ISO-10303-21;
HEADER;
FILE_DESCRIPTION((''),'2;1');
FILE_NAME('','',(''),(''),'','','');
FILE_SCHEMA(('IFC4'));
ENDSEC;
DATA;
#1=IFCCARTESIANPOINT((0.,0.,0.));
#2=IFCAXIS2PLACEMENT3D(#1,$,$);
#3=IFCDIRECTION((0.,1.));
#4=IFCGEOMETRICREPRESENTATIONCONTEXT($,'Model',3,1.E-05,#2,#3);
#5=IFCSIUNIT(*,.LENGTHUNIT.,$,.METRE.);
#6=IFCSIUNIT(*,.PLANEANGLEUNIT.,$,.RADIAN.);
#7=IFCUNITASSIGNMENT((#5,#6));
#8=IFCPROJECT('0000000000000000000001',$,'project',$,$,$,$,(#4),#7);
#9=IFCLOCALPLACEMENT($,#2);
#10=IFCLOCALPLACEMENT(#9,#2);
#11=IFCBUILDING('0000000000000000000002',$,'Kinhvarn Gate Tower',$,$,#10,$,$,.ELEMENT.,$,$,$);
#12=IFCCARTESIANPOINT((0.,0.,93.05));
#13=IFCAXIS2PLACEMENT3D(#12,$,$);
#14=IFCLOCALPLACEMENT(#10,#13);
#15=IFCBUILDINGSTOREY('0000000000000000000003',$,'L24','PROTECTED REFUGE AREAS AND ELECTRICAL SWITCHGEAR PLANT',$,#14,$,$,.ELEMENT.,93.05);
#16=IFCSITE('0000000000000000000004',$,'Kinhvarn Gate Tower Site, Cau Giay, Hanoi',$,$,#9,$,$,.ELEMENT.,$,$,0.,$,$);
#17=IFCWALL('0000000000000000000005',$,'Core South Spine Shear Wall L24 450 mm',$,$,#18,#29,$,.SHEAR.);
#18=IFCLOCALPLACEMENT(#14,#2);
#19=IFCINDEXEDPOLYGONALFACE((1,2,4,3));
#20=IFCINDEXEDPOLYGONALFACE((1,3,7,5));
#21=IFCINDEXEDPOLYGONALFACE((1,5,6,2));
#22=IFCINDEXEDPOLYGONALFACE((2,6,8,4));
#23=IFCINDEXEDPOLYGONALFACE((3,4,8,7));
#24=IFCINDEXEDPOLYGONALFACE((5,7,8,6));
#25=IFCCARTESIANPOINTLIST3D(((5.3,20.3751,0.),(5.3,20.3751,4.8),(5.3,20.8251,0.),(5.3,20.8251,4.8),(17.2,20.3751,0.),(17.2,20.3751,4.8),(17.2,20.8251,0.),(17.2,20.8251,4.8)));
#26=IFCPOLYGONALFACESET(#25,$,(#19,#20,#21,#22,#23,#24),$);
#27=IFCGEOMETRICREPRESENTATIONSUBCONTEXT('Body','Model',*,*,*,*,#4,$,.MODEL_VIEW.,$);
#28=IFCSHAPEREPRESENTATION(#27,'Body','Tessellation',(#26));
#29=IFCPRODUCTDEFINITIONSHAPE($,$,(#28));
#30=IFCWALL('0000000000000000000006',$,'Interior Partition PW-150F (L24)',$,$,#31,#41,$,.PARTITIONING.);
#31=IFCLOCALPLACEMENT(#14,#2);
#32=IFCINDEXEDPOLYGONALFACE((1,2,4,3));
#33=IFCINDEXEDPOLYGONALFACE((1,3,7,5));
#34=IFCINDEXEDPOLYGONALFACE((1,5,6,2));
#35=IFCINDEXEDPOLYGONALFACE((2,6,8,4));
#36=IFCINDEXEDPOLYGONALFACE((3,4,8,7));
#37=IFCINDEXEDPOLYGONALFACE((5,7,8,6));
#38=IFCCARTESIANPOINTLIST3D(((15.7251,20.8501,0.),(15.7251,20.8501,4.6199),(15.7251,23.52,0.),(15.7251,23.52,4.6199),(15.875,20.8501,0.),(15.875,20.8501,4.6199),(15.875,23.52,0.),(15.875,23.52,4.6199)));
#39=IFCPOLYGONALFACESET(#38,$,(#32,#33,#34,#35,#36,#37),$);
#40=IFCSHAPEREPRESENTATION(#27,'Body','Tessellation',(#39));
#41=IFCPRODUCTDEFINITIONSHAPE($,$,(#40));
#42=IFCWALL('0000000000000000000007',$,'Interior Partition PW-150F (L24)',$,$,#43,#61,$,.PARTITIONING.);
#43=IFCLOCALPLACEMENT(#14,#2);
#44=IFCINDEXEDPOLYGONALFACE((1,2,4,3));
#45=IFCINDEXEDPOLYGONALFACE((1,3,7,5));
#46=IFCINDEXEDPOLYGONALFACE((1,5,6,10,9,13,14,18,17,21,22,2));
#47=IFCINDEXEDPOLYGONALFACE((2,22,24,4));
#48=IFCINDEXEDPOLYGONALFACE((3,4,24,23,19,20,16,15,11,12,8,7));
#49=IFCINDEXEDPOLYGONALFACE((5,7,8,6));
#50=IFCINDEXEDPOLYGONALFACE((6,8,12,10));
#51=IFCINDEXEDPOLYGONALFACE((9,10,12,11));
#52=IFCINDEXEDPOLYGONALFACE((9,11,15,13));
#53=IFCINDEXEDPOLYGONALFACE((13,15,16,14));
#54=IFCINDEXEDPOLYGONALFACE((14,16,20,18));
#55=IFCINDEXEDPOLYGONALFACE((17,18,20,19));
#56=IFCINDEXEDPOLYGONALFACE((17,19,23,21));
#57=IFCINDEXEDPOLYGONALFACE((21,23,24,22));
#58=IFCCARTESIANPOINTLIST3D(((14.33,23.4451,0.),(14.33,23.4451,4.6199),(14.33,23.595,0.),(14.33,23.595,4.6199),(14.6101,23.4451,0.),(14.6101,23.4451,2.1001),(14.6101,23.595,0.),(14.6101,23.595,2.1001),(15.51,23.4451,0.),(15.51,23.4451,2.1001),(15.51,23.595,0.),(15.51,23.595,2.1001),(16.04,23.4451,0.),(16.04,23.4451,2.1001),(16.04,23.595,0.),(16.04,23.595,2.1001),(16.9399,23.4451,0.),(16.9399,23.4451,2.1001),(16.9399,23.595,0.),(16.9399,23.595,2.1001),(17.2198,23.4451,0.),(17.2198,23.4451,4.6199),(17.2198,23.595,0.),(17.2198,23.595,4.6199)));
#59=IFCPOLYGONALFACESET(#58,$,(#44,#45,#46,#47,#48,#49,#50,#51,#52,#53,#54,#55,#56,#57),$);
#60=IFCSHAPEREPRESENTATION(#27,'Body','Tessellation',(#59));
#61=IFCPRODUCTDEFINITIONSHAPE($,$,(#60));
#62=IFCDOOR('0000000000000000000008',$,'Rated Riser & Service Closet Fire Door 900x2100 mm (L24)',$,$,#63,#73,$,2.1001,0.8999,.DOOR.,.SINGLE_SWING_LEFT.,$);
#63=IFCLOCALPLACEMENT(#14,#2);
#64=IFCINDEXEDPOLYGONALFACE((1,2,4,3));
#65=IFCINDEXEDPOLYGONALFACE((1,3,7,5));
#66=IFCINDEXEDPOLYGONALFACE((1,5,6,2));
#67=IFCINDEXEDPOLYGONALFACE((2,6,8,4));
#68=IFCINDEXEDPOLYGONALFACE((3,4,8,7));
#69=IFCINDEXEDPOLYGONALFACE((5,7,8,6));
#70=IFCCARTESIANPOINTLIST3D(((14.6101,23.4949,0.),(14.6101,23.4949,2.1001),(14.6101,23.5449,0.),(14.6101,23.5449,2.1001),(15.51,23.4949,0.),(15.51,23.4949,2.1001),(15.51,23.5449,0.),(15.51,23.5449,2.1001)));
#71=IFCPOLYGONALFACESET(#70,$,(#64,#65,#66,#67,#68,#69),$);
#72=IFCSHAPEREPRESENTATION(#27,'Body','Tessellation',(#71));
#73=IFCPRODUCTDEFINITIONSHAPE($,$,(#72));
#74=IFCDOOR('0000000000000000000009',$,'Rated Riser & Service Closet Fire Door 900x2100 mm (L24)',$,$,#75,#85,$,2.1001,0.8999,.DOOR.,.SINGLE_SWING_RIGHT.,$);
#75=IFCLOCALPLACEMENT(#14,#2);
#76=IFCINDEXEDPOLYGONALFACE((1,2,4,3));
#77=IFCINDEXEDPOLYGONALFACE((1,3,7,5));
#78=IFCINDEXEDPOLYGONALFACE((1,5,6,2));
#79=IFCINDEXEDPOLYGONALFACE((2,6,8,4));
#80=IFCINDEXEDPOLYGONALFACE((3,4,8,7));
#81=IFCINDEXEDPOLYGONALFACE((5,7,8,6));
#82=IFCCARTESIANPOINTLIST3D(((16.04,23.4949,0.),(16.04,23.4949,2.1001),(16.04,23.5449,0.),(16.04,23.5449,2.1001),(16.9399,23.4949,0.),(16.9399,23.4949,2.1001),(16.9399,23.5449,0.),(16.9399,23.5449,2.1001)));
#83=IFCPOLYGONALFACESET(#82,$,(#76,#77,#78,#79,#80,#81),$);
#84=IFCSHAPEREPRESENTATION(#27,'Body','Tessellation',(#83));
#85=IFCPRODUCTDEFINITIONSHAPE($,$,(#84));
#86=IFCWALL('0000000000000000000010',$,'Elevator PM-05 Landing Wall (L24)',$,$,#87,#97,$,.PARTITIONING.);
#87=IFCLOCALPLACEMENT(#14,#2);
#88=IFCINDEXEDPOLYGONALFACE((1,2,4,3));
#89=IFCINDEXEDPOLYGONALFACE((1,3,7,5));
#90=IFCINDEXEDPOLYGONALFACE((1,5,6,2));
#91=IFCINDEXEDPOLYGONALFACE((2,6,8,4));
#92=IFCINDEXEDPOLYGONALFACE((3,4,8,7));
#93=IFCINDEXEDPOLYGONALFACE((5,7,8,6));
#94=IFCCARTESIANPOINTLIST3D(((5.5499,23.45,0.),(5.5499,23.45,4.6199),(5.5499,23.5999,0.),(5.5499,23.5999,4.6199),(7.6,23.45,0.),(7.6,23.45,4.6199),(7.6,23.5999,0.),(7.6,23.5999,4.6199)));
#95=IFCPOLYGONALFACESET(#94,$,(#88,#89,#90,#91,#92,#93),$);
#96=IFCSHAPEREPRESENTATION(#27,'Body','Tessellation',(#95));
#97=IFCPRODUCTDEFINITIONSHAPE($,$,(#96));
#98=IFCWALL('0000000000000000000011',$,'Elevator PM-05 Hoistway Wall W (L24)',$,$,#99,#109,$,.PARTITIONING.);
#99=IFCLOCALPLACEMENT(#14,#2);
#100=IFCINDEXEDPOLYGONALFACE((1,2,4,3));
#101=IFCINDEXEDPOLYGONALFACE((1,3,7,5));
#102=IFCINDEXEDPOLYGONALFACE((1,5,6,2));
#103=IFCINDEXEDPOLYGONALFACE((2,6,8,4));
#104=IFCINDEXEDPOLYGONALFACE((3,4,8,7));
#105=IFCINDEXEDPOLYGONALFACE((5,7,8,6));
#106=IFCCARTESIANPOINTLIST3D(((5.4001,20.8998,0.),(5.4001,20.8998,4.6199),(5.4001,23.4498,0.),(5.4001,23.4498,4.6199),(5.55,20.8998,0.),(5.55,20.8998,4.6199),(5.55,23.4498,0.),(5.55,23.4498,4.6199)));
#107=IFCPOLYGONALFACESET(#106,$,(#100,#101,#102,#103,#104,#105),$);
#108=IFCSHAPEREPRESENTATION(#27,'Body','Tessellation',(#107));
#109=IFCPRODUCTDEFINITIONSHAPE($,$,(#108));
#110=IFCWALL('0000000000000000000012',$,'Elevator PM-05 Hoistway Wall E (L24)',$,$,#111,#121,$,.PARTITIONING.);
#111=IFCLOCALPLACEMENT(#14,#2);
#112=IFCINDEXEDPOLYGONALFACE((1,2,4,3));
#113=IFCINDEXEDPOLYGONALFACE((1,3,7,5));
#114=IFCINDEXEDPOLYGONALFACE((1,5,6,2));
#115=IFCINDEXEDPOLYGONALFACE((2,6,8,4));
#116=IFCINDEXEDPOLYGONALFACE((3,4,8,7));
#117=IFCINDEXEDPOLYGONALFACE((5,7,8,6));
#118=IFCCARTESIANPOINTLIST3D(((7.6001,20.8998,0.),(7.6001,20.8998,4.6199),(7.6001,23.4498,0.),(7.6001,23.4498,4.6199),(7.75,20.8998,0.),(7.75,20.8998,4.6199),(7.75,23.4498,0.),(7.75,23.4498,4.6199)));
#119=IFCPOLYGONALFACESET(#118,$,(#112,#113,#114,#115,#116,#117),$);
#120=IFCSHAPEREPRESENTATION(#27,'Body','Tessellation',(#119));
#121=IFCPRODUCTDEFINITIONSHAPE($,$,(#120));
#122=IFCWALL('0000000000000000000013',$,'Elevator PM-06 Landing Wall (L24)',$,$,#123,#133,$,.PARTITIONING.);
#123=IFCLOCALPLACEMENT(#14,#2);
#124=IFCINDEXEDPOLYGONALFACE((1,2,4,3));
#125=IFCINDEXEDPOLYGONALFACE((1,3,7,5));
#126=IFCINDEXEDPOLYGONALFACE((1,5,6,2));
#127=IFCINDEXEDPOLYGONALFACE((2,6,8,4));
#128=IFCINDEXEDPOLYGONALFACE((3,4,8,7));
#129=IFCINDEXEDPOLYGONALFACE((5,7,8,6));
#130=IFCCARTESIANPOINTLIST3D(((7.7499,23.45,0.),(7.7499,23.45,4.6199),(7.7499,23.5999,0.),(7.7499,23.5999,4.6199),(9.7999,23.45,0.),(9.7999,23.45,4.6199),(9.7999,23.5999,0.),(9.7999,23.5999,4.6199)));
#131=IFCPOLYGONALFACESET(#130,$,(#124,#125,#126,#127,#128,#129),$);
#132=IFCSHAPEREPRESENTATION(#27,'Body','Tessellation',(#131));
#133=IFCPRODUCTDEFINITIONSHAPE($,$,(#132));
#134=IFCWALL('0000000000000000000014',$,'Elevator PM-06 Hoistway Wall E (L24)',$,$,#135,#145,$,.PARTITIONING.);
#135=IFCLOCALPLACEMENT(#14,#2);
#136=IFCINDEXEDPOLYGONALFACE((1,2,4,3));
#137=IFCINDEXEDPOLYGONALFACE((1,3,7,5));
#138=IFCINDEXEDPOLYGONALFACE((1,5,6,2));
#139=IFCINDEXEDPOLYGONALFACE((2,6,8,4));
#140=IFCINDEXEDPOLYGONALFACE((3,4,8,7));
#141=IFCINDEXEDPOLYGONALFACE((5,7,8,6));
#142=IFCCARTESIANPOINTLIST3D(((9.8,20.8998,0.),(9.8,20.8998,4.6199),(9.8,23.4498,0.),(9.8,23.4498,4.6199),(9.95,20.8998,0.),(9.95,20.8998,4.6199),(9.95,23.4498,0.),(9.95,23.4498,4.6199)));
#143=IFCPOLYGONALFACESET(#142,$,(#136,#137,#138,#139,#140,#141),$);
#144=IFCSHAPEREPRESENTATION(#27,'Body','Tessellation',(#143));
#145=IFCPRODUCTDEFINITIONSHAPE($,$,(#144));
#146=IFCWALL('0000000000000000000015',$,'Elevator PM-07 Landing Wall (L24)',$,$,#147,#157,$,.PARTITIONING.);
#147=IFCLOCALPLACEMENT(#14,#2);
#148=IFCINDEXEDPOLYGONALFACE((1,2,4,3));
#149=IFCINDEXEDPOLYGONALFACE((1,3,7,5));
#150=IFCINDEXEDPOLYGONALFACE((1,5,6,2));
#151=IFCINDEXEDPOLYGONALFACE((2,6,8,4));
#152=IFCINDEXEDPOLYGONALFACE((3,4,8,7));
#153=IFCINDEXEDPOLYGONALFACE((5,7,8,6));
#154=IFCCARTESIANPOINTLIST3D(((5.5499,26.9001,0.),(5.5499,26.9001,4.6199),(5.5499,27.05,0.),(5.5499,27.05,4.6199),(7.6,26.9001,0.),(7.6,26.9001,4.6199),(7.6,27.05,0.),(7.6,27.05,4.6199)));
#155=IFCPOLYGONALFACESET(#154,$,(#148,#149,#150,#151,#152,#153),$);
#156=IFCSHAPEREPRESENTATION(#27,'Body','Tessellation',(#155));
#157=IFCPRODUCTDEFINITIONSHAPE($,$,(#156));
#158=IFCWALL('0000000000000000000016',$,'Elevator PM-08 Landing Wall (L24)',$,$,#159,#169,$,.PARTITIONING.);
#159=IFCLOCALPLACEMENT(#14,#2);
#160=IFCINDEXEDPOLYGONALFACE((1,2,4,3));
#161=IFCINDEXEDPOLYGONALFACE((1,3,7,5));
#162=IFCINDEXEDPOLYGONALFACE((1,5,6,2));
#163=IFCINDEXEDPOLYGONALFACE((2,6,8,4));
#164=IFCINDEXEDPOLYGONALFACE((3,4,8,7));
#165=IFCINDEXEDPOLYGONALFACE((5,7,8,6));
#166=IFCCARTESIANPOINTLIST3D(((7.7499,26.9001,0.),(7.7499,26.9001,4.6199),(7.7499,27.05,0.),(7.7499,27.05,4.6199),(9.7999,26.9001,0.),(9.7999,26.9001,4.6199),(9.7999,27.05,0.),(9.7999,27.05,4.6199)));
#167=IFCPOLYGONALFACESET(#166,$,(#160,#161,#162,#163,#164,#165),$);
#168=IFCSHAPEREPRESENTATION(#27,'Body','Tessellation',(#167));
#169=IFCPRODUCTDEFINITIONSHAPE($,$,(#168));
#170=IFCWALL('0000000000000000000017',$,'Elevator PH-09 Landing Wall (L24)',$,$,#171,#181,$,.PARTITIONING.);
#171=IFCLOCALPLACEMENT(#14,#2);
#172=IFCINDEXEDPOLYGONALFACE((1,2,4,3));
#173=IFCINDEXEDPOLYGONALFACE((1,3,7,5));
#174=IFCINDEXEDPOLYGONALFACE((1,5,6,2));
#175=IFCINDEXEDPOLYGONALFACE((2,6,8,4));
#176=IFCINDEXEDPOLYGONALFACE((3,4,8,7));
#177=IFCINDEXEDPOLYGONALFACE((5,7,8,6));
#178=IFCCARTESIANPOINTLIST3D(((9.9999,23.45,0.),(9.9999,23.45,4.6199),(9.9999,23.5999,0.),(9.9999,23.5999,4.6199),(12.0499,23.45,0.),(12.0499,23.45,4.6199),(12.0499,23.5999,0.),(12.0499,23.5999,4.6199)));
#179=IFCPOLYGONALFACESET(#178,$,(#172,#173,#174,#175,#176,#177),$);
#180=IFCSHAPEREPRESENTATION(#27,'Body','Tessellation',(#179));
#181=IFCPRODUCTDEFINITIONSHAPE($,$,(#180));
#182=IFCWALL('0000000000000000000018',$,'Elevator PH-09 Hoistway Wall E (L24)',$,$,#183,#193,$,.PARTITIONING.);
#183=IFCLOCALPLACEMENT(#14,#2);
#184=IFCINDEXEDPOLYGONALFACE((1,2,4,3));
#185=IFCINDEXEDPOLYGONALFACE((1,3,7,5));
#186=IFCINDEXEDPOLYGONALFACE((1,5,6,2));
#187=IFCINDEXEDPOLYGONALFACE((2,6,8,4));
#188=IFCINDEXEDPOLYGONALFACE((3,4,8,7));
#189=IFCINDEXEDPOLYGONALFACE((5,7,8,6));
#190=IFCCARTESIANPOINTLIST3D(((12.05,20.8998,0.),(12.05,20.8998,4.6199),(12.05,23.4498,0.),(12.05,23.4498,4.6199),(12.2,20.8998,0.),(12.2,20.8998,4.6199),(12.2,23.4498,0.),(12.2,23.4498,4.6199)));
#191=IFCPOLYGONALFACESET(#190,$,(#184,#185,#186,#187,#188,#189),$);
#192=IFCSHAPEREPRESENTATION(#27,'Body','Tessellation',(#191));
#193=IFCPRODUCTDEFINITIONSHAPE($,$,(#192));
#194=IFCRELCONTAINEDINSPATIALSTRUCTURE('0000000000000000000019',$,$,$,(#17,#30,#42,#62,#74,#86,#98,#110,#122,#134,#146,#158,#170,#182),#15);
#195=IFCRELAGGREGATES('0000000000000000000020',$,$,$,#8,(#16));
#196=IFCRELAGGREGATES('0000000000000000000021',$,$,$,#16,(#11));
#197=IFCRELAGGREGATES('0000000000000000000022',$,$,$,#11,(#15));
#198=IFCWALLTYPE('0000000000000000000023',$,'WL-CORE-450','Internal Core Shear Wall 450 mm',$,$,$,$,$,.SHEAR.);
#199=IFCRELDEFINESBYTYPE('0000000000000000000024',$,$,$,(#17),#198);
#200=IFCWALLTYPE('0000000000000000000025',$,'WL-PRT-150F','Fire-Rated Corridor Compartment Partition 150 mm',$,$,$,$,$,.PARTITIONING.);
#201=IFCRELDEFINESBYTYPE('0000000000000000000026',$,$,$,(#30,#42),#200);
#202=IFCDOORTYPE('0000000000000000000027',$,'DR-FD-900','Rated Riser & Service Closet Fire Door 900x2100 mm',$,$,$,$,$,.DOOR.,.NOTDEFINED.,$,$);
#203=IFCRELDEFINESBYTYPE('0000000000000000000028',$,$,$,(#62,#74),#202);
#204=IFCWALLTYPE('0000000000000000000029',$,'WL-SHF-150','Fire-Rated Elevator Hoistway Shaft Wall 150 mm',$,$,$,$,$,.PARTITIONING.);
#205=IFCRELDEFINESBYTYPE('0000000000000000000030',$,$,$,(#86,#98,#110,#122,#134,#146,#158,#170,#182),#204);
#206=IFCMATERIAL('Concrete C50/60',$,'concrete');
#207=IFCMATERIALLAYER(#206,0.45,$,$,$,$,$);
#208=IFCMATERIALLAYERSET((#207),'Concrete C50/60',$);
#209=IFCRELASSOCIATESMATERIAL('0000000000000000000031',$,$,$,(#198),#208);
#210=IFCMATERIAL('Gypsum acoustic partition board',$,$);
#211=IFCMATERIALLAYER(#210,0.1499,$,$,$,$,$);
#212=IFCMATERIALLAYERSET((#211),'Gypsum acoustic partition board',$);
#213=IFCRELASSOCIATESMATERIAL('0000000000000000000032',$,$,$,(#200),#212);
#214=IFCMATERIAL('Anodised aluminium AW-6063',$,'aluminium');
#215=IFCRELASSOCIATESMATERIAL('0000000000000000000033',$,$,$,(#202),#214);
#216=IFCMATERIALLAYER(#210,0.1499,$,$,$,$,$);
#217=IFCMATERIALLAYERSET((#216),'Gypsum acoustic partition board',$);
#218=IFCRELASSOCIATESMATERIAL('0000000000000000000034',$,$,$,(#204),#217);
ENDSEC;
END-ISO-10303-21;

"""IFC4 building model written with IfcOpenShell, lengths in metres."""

from ifc_helpers import new_model, si_unit, direction, frame, frame_2d, origin, place, context, subcontext, project, spatial, rectangle, extrude, material, layer, layer_set, type_object, element, fill, save


model = new_model("IFC4")

# Units and contexts
model_context = context("Model", 3, precision=1e-05, world=origin(), true_north=direction((0.0, 1.0)))
body_context = subcontext(model_context, "Body", "Model", "MODEL_VIEW")
ifc_project = project(units=[si_unit("LENGTHUNIT", "METRE"), si_unit("PLANEANGLEUNIT", "RADIAN")], contexts=[model_context])

# Site, building, storey
site_placement = place(None, origin())
site = spatial("IfcSite", under=ifc_project, at=site_placement, Name="Kinhvarn Gate Tower Site, Cau Giay, Hanoi", CompositionType="ELEMENT", RefElevation=0.0)
building_placement = place(site_placement, origin())
building = spatial("IfcBuilding", under=site, at=building_placement, Name="Kinhvarn Gate Tower", CompositionType="ELEMENT")
storey_placement = place(building_placement, frame((0.0, 0.0, 93.05)))
storey = spatial("IfcBuildingStorey", under=building, at=storey_placement, Name="L24", Description="PROTECTED REFUGE AREAS AND ELECTRICAL SWITCHGEAR PLANT", CompositionType="ELEMENT", Elevation=93.05)

# Walls
ifc_material_1 = material(Name="Concrete C50/60", Category="concrete")
ifc_layer_1 = layer(ifc_material_1, 0.45)
ifc_layer_set_1 = layer_set([ifc_layer_1], Name="Concrete C50/60")
wall_type_1 = type_object("IfcWallType", Name="WL-CORE-450", Description="Internal Core Shear Wall 450 mm", PredefinedType="SHEAR", material=ifc_layer_set_1)
wall_1_placement = place(storey_placement, frame((5.3, 20.6001, 0.0), z_axis=(0.0, 0.0, 1.0), x_axis=(1.0, 0.0, 0.0)))
element("IfcWall", 1, at=wall_1_placement, inside=storey, type_object=wall_type_1, Name="Core South Spine Shear Wall L24 450 mm", PredefinedType="SHEAR", context=body_context, shape_type="SweptSolid", body=[
    extrude(rectangle(XDim=11.8999, YDim=0.45, at=frame_2d((5.95, 0.0))), origin(), (0.0, 0.0, 1.0), 4.8),
])
ifc_material_2 = material(Name="Gypsum acoustic partition board")
ifc_layer_2 = layer(ifc_material_2, 0.1499)
ifc_layer_set_2 = layer_set([ifc_layer_2], Name="Gypsum acoustic partition board")
wall_type_2 = type_object("IfcWallType", Name="WL-PRT-150F", Description="Fire-Rated Corridor Compartment Partition 150 mm", PredefinedType="PARTITIONING", material=ifc_layer_set_2)
wall_2_placement = place(storey_placement, frame((15.8, 20.8501, 0.0), z_axis=(0.0, 0.0, 1.0), x_axis=(0.0, 1.0, 0.0)))
element("IfcWall", 2, at=wall_2_placement, inside=storey, type_object=wall_type_2, Name="Interior Partition PW-150F (L24)", PredefinedType="PARTITIONING", context=body_context, shape_type="SweptSolid", body=[
    extrude(rectangle(XDim=2.6699, YDim=0.1499, at=frame_2d((1.335, 0.0))), origin(), (0.0, 0.0, 1.0), 4.6199),
])

# Wall, openings, doors
wall_3_placement = place(storey_placement, frame((14.3301, 23.52, 0.0), z_axis=(0.0, 0.0, 1.0), x_axis=(1.0, 0.0, 0.0)))
wall_3 = element("IfcWall", 3, at=wall_3_placement, inside=storey, type_object=wall_type_2, Name="Interior Partition PW-150F (L24)", PredefinedType="PARTITIONING", context=body_context, shape_type="SweptSolid", body=[
    extrude(rectangle(XDim=2.8899, YDim=0.1499, at=frame_2d((1.4448, 0.0))), origin(), (0.0, 0.0, 1.0), 4.6199),
])
opening_1_placement = place(wall_3_placement, frame((0.28, 0.0, 0.0)))
opening_1 = element("IfcOpeningElement", 4, at=opening_1_placement, cuts=wall_3, PredefinedType="OPENING", context=body_context, shape_type="SweptSolid", body=[
    extrude(rectangle(XDim=0.8999, YDim=2.1001, at=frame_2d((0.45, 1.05))), frame((0.0, 0.085, 0.0), z_axis=(0.0, -1.0, 0.0), x_axis=(1.0, 0.0, 0.0)), (0.0, 0.0, 1.0), 0.1699),
])
opening_2_placement = place(wall_3_placement, frame((1.71, 0.0, 0.0)))
opening_2 = element("IfcOpeningElement", 5, at=opening_2_placement, cuts=wall_3, PredefinedType="OPENING", context=body_context, shape_type="SweptSolid", body=[
    extrude(rectangle(XDim=0.8999, YDim=2.1001, at=frame_2d((0.45, 1.05))), frame((0.0, 0.085, 0.0), z_axis=(0.0, -1.0, 0.0), x_axis=(1.0, 0.0, 0.0)), (0.0, 0.0, 1.0), 0.1699),
])
ifc_material_3 = material(Name="Anodised aluminium AW-6063", Category="aluminium")
door_type = type_object("IfcDoorType", Name="DR-FD-900", Description="Rated Riser & Service Closet Fire Door 900x2100 mm", OperationType="NOTDEFINED", PredefinedType="DOOR", material=ifc_material_3)
door_1_placement = place(opening_1_placement, origin())
door_1 = element("IfcDoor", 6, at=door_1_placement, inside=storey, type_object=door_type, Name="Rated Riser & Service Closet Fire Door 900x2100 mm (L24)", OperationType="SINGLE_SWING_LEFT", OverallHeight=2.1001, OverallWidth=0.8999, PredefinedType="DOOR", context=body_context, shape_type="SweptSolid", body=[
    extrude(rectangle(XDim=0.8999, YDim=2.1001, at=frame_2d((0.45, 1.05))), frame((0.0, 0.0249, 0.0), z_axis=(0.0, -1.0, 0.0), x_axis=(1.0, 0.0, 0.0)), (0.0, 0.0, 1.0), 0.05),
])
fill(opening_1, door_1)
door_2_placement = place(opening_2_placement, origin())
door_2 = element("IfcDoor", 7, at=door_2_placement, inside=storey, type_object=door_type, Name="Rated Riser & Service Closet Fire Door 900x2100 mm (L24)", OperationType="SINGLE_SWING_RIGHT", OverallHeight=2.1001, OverallWidth=0.8999, PredefinedType="DOOR", context=body_context, shape_type="SweptSolid", body=[
    extrude(rectangle(XDim=0.8999, YDim=2.1001, at=frame_2d((0.45, 1.05))), frame((0.0, 0.0249, 0.0), z_axis=(0.0, -1.0, 0.0), x_axis=(1.0, 0.0, 0.0)), (0.0, 0.0, 1.0), 0.05),
])
fill(opening_2, door_2)

# Walls
ifc_layer_3 = layer(ifc_material_2, 0.1499)
ifc_layer_set_3 = layer_set([ifc_layer_3], Name="Gypsum acoustic partition board")
wall_type_3 = type_object("IfcWallType", Name="WL-SHF-150", Description="Fire-Rated Elevator Hoistway Shaft Wall 150 mm", PredefinedType="PARTITIONING", material=ifc_layer_set_3)
wall_4_placement = place(storey_placement, frame((5.55, 23.5249, 0.0), z_axis=(0.0, 0.0, 1.0), x_axis=(1.0, 0.0, 0.0)))
element("IfcWall", 8, at=wall_4_placement, inside=storey, type_object=wall_type_3, Name="Elevator PM-05 Landing Wall (L24)", PredefinedType="PARTITIONING", context=body_context, shape_type="SweptSolid", body=[
    extrude(rectangle(XDim=2.05, YDim=0.1499, at=frame_2d((1.0249, 0.0))), origin(), (0.0, 0.0, 1.0), 4.6199),
])
for number, where, z_axis, x_axis, name in (
    (9, (5.4751, 20.8999, 0.0), (0.0, 0.0, 1.0), (0.0, 1.0, 0.0), "Elevator PM-05 Hoistway Wall W (L24)"),
    (10, (7.675, 20.8999, 0.0), (0.0, 0.0, 1.0), (0.0, 1.0, 0.0), "Elevator PM-05 Hoistway Wall E (L24)"),
):
    element("IfcWall", number, at=place(storey_placement, frame(where, z_axis=z_axis, x_axis=x_axis)), inside=storey, type_object=wall_type_3, Name=name, PredefinedType="PARTITIONING", context=body_context, shape_type="SweptSolid", body=[
        extrude(rectangle(XDim=2.55, YDim=0.1499, at=frame_2d((1.2749, 0.0))), origin(), (0.0, 0.0, 1.0), 4.6199),
    ])
wall_5_placement = place(storey_placement, frame((7.75, 23.5249, 0.0), z_axis=(0.0, 0.0, 1.0), x_axis=(1.0, 0.0, 0.0)))
element("IfcWall", 11, at=wall_5_placement, inside=storey, type_object=wall_type_3, Name="Elevator PM-06 Landing Wall (L24)", PredefinedType="PARTITIONING", context=body_context, shape_type="SweptSolid", body=[
    extrude(rectangle(XDim=2.05, YDim=0.1499, at=frame_2d((1.0249, 0.0))), origin(), (0.0, 0.0, 1.0), 4.6199),
])
wall_6_placement = place(storey_placement, frame((9.875, 20.8999, 0.0), z_axis=(0.0, 0.0, 1.0), x_axis=(0.0, 1.0, 0.0)))
element("IfcWall", 12, at=wall_6_placement, inside=storey, type_object=wall_type_3, Name="Elevator PM-06 Hoistway Wall E (L24)", PredefinedType="PARTITIONING", context=body_context, shape_type="SweptSolid", body=[
    extrude(rectangle(XDim=2.55, YDim=0.1499, at=frame_2d((1.2749, 0.0))), origin(), (0.0, 0.0, 1.0), 4.6199),
])
for number, where, z_axis, x_axis, name in (
    (13, (5.55, 26.9751, 0.0), (0.0, 0.0, 1.0), (1.0, 0.0, 0.0), "Elevator PM-07 Landing Wall (L24)"),
    (14, (7.75, 26.9751, 0.0), (0.0, 0.0, 1.0), (1.0, 0.0, 0.0), "Elevator PM-08 Landing Wall (L24)"),
    (15, (10.0, 23.5249, 0.0), (0.0, 0.0, 1.0), (1.0, 0.0, 0.0), "Elevator PH-09 Landing Wall (L24)"),
):
    element("IfcWall", number, at=place(storey_placement, frame(where, z_axis=z_axis, x_axis=x_axis)), inside=storey, type_object=wall_type_3, Name=name, PredefinedType="PARTITIONING", context=body_context, shape_type="SweptSolid", body=[
        extrude(rectangle(XDim=2.05, YDim=0.1499, at=frame_2d((1.0249, 0.0))), origin(), (0.0, 0.0, 1.0), 4.6199),
    ])
wall_7_placement = place(storey_placement, frame((12.125, 20.8999, 0.0), z_axis=(0.0, 0.0, 1.0), x_axis=(0.0, 1.0, 0.0)))
element("IfcWall", 16, at=wall_7_placement, inside=storey, type_object=wall_type_3, Name="Elevator PH-09 Hoistway Wall E (L24)", PredefinedType="PARTITIONING", context=body_context, shape_type="SweptSolid", body=[
    extrude(rectangle(XDim=2.55, YDim=0.1499, at=frame_2d((1.2749, 0.0))), origin(), (0.0, 0.0, 1.0), 4.6199),
])

save(model, "model.ifc")
